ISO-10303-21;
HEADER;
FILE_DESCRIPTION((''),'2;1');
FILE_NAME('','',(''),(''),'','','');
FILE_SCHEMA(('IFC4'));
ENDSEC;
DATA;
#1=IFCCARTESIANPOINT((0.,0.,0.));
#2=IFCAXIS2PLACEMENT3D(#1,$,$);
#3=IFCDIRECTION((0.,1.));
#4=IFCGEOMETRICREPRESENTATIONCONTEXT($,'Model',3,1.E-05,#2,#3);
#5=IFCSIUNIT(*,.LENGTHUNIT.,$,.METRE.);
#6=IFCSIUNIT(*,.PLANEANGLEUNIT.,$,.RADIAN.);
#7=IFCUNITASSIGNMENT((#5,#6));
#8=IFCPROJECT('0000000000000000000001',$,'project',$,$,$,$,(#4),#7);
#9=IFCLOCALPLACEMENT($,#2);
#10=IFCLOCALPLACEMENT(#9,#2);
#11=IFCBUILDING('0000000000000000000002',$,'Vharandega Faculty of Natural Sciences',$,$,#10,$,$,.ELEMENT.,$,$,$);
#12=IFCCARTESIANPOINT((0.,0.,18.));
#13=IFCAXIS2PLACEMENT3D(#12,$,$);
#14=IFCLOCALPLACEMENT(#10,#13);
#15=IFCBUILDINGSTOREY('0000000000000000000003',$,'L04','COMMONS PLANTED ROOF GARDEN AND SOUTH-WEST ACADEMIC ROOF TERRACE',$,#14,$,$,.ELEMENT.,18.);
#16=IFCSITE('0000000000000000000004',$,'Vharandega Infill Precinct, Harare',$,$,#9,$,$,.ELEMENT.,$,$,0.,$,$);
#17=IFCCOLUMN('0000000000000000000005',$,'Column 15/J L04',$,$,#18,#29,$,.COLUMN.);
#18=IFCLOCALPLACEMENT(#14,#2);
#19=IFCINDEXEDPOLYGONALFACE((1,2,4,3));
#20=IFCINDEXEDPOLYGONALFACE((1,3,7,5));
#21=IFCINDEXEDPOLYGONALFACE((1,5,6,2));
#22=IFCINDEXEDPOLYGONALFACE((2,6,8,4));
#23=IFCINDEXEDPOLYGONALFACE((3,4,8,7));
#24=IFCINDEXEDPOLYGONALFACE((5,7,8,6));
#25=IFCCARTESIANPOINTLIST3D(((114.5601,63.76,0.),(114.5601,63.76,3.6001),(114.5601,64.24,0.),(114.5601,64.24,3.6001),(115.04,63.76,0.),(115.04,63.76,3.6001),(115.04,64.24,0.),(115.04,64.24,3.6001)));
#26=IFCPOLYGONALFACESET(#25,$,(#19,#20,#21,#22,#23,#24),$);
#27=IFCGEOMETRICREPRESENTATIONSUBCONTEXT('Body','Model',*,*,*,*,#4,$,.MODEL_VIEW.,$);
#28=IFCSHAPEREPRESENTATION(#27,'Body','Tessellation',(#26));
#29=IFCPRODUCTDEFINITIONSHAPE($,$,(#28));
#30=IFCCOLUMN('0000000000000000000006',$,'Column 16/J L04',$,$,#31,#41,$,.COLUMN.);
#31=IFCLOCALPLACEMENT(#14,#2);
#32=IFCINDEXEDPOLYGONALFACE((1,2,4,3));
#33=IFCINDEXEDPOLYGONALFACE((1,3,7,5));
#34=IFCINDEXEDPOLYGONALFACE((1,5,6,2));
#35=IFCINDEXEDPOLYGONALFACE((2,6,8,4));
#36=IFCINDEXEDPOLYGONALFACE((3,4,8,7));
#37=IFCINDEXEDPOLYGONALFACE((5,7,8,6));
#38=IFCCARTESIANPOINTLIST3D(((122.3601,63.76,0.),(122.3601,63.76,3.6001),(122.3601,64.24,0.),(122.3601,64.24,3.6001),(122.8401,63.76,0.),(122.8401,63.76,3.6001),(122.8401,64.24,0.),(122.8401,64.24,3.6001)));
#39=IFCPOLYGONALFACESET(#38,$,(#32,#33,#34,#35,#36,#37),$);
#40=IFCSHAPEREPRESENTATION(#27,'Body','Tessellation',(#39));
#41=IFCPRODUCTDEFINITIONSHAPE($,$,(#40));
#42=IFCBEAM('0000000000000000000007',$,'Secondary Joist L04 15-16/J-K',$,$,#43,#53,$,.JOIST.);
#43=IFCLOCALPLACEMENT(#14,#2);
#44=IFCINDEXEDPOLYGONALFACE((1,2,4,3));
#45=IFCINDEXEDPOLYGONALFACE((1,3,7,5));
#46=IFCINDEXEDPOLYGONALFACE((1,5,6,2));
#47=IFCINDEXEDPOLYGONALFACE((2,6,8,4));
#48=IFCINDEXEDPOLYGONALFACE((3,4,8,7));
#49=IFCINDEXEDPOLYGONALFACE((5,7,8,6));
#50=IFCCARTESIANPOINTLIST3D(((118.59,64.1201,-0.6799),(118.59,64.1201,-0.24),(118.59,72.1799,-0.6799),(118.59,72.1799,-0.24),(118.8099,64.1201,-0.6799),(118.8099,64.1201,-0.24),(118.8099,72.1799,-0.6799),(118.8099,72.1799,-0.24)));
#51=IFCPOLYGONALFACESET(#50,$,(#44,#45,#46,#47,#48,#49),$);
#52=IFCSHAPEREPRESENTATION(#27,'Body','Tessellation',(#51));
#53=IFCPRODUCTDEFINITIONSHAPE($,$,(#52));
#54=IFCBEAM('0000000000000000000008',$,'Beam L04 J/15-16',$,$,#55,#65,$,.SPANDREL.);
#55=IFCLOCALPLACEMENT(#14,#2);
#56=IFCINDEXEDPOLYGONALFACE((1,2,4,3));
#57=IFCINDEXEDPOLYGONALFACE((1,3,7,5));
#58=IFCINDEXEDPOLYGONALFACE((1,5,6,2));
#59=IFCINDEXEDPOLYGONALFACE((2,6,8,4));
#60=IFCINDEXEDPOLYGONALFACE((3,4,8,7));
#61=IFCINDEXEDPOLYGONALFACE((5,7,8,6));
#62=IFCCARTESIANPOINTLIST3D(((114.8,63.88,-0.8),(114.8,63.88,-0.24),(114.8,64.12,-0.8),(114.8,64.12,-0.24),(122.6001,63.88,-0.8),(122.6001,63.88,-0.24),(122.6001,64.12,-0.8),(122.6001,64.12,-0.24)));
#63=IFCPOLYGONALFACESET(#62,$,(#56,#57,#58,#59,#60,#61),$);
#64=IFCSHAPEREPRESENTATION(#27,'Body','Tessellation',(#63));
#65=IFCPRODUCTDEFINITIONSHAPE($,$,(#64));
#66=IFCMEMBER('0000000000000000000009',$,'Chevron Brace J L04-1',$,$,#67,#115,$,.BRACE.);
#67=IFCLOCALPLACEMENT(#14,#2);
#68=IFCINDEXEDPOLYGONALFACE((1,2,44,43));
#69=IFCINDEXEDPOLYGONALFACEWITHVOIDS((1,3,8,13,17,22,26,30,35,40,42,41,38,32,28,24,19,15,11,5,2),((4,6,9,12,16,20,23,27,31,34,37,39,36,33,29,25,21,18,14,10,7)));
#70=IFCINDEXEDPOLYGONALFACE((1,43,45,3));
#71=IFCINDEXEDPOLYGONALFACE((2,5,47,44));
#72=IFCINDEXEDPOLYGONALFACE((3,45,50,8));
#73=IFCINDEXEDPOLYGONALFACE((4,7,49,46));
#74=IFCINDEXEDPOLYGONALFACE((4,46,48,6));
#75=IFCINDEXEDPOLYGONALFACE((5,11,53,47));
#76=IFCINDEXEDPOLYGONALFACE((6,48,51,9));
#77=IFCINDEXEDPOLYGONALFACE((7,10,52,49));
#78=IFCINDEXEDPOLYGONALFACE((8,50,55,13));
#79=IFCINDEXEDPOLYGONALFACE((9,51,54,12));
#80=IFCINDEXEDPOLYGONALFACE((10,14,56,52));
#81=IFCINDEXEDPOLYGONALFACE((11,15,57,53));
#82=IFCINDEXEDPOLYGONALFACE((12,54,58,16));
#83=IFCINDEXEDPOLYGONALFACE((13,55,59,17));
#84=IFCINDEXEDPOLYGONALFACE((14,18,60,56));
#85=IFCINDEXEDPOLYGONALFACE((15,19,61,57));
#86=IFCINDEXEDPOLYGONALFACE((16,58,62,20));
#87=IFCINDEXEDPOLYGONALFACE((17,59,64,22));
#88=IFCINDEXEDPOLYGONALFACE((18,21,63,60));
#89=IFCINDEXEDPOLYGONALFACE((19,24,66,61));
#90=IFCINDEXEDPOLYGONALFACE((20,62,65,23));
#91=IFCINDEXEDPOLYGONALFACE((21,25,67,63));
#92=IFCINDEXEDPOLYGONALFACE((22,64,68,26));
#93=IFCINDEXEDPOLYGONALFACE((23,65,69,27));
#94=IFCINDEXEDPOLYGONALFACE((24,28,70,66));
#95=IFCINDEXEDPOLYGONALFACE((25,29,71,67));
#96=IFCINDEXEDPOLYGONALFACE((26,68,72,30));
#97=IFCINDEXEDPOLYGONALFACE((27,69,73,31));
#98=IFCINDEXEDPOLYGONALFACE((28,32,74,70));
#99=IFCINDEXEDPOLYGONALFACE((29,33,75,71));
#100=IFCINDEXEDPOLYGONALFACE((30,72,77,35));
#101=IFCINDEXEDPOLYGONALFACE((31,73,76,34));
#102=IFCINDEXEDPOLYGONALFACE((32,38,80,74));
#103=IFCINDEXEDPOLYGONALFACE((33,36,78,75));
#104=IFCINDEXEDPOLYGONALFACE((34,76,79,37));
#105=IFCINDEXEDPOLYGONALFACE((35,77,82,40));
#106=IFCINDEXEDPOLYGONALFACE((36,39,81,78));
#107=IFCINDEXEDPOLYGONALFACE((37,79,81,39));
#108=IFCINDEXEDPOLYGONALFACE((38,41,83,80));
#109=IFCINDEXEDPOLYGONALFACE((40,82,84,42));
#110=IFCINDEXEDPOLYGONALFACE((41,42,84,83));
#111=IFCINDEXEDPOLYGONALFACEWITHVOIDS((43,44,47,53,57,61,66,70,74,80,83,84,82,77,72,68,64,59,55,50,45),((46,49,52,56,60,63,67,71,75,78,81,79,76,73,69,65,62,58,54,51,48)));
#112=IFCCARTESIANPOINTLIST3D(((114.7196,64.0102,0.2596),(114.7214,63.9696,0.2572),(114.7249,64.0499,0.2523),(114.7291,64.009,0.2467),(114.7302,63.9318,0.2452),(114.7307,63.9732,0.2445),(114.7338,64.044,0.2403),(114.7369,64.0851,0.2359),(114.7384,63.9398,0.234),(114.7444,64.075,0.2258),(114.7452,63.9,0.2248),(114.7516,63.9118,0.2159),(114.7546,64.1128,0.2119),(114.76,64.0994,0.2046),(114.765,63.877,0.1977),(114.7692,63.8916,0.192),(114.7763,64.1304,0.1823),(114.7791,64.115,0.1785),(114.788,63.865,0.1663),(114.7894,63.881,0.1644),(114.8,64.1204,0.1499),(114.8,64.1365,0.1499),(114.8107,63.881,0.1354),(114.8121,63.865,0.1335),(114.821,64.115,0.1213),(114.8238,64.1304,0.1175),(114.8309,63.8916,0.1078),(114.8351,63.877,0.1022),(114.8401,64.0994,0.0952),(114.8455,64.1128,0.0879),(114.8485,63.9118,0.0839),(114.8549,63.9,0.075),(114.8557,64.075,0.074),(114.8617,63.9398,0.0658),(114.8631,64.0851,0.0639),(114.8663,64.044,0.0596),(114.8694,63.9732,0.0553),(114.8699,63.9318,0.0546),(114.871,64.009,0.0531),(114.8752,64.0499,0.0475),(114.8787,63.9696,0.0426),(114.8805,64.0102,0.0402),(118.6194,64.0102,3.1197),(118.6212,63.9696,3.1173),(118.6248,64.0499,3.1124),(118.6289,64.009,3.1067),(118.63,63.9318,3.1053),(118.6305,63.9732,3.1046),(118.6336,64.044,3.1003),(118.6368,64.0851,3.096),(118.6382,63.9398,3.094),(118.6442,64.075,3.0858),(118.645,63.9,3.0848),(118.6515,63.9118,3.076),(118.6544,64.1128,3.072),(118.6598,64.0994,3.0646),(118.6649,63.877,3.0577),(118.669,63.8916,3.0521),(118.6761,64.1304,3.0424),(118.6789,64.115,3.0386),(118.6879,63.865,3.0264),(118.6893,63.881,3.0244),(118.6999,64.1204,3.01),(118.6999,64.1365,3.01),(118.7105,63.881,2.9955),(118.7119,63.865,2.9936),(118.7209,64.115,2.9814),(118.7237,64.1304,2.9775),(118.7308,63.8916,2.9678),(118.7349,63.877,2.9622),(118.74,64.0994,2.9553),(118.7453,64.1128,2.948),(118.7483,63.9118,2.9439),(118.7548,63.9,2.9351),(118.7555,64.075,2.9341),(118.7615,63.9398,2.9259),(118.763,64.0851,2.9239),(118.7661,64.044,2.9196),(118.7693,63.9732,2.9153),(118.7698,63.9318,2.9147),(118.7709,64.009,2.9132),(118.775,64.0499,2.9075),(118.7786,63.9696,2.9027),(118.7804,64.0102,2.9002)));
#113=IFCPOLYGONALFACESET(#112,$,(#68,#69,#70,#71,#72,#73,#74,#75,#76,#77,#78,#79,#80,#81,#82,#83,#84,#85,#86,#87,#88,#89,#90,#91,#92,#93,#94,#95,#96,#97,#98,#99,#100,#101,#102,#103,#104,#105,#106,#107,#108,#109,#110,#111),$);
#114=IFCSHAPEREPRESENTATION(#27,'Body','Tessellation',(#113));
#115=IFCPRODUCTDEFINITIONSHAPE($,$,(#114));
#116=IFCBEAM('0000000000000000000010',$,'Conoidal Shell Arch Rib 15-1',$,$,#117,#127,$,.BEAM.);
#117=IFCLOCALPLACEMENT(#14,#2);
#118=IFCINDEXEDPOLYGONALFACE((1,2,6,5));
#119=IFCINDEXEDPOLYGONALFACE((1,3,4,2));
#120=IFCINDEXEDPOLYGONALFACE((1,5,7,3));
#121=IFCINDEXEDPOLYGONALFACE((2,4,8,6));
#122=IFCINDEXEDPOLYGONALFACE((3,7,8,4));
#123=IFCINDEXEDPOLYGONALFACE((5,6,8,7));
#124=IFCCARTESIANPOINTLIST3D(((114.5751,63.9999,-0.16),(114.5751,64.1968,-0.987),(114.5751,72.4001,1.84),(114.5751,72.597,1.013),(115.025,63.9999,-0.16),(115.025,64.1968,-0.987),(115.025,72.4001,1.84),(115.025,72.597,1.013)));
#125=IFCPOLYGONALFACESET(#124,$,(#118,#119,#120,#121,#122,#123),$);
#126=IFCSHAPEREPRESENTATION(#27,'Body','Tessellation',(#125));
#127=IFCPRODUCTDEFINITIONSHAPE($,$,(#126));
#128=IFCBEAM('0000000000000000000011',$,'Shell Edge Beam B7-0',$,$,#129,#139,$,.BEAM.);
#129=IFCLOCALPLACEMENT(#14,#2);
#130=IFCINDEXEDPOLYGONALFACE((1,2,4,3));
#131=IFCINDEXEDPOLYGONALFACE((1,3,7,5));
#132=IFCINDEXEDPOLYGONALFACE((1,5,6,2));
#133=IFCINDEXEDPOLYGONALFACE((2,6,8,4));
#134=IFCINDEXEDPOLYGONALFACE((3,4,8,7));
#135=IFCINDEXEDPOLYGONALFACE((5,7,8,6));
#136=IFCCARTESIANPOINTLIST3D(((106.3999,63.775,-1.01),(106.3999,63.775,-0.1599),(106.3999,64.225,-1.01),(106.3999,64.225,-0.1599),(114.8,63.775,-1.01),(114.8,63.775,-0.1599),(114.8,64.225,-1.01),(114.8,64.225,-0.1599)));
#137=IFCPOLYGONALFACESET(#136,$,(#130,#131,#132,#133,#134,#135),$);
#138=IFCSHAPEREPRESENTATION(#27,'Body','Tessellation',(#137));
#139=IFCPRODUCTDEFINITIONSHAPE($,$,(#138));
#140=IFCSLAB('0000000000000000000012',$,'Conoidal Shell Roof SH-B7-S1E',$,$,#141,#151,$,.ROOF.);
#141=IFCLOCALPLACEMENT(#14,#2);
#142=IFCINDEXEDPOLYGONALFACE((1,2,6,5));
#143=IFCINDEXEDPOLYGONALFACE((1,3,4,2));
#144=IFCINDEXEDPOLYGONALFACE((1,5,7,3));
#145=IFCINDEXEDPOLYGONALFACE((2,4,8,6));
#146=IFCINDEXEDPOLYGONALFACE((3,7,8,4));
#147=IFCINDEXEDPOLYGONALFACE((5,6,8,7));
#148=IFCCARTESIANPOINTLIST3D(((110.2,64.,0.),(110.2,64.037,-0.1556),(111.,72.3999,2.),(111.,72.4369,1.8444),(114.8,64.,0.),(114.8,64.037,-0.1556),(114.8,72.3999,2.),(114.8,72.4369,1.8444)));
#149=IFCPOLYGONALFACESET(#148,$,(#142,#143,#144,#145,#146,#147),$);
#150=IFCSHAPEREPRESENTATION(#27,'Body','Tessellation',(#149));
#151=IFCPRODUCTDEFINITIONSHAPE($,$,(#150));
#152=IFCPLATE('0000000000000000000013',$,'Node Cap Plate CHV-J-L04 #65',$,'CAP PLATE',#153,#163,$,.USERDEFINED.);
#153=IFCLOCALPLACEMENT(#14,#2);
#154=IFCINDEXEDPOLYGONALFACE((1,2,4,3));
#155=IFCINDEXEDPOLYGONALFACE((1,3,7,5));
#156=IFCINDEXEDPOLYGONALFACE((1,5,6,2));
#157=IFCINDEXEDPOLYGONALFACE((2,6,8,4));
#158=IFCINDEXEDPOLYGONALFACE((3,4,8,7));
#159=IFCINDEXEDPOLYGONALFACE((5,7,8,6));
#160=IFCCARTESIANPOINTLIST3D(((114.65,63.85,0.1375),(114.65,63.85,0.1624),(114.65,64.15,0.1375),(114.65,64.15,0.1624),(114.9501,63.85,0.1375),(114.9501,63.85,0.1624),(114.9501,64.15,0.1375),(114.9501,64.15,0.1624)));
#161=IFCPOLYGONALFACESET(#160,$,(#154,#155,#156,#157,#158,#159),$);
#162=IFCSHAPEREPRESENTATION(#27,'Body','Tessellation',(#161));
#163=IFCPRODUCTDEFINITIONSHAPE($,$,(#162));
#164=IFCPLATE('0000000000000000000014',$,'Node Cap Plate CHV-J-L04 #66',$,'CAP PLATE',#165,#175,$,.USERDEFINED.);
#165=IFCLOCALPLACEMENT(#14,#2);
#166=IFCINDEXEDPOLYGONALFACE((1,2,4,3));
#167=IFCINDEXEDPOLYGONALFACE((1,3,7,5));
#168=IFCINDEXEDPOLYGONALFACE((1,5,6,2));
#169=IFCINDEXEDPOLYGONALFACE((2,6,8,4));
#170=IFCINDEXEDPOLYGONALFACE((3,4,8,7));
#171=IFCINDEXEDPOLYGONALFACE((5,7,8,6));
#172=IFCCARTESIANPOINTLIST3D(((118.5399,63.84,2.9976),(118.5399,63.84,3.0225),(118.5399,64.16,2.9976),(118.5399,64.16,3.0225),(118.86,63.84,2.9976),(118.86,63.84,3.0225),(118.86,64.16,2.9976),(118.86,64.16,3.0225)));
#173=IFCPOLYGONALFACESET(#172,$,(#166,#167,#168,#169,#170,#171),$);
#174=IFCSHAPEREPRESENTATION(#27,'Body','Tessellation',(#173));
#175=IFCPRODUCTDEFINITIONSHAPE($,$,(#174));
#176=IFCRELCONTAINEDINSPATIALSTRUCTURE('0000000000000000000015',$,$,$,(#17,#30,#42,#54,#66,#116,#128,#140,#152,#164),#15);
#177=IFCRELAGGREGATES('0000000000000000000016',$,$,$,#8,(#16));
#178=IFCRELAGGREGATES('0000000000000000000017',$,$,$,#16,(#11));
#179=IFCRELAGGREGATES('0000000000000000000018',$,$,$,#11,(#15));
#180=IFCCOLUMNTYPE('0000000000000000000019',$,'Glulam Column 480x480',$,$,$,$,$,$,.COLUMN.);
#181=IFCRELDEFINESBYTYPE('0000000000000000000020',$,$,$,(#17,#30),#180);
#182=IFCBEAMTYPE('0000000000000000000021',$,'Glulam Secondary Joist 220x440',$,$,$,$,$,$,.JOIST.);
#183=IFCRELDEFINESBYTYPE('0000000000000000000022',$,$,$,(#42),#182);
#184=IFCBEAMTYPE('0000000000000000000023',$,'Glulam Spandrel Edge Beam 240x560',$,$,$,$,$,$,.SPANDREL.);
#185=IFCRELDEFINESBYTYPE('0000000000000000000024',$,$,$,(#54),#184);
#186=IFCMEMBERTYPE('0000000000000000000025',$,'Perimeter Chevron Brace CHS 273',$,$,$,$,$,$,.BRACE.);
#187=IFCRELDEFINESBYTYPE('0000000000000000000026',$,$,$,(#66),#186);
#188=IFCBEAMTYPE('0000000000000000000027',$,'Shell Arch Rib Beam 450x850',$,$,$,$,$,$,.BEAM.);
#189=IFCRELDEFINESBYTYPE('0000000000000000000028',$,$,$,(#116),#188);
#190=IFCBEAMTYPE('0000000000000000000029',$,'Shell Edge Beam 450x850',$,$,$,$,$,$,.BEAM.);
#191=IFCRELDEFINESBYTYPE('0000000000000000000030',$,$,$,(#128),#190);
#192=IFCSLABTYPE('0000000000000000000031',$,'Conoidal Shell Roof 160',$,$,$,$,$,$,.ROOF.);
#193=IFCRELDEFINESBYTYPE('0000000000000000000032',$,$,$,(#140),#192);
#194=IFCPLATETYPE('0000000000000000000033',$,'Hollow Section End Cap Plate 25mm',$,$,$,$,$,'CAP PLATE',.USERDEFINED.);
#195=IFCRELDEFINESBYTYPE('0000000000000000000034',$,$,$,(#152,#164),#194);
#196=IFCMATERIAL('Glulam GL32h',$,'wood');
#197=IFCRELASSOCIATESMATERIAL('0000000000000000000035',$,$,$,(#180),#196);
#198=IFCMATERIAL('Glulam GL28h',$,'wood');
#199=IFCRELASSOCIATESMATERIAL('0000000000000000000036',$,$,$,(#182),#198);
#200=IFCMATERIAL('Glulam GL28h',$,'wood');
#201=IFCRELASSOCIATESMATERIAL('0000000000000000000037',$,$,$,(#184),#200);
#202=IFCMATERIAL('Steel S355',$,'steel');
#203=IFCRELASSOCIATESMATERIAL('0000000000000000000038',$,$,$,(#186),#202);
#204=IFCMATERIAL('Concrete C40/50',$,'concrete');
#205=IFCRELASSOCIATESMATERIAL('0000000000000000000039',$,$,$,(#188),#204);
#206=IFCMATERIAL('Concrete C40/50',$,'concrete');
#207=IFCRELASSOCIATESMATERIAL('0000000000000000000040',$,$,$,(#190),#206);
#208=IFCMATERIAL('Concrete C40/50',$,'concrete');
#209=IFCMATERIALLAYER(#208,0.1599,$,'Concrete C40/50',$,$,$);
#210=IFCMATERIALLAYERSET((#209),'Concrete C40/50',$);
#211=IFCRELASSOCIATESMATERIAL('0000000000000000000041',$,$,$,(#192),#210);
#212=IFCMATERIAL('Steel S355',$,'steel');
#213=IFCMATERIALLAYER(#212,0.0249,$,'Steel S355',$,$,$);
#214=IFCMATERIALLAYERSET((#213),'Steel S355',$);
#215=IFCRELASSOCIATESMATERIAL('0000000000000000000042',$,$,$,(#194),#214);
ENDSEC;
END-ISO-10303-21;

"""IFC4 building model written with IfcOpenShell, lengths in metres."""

from ifc_helpers import new_model, si_unit, direction, frame, origin, origin_2d, place, context, subcontext, project, spatial, polyline, rectangle, hollow_circle, outline, extrude, material, layer, layer_set, material_profile, profile_set, type_object, element, save


model = new_model("IFC4")

# Units and contexts
model_context = context("Model", 3, precision=1e-05, world=origin(), true_north=direction((0.0, 1.0)))
body_context = subcontext(model_context, "Body", "Model", "MODEL_VIEW")
ifc_project = project(units=[si_unit("LENGTHUNIT", "METRE"), si_unit("PLANEANGLEUNIT", "RADIAN")], contexts=[model_context])

# Site, building, storey
site_placement = place(None, origin())
site = spatial("IfcSite", under=ifc_project, at=site_placement, Name="Vharandega Infill Precinct, Harare", CompositionType="ELEMENT", RefElevation=0.0)
building_placement = place(site_placement, origin())
building = spatial("IfcBuilding", under=site, at=building_placement, Name="Vharandega Faculty of Natural Sciences", CompositionType="ELEMENT")
storey_placement = place(building_placement, frame((0.0, 0.0, 18.0)))
storey = spatial("IfcBuildingStorey", under=building, at=storey_placement, Name="L04", Description="COMMONS PLANTED ROOF GARDEN AND SOUTH-WEST ACADEMIC ROOF TERRACE", CompositionType="ELEMENT", Elevation=18.0)

# Columns
ifc_material_1 = material(Name="Glulam GL32h", Category="wood")
ifc_material_profile_1 = material_profile(ifc_material_1, rectangle(XDim=0.48, YDim=0.48, at=origin_2d()), Name="GL32h 480x480")
ifc_profile_set_1 = profile_set([ifc_material_profile_1], Name="Glulam GL32h")
column_type = type_object("IfcColumnType", Name="Glulam Column 480x480", PredefinedType="COLUMN", material=ifc_profile_set_1)
for number, where, z_axis, x_axis, name in (
    (1, (114.8, 64.0, 0.0), (0.0, 0.0, 1.0), (1.0, 0.0, 0.0), "Column 15/J L04"),
    (2, (122.6001, 64.0, 0.0), (0.0, 0.0, 1.0), (1.0, 0.0, 0.0), "Column 16/J L04"),
):
    element("IfcColumn", number, at=place(storey_placement, frame(where, z_axis=z_axis, x_axis=x_axis)), inside=storey, type_object=column_type, Name=name, PredefinedType="COLUMN", context=body_context, shape_type="SweptSolid", body=[
        extrude(rectangle(XDim=0.48, YDim=0.48, at=origin_2d()), origin(), (0.0, 0.0, 1.0), 3.6001),
    ])

# Beams
ifc_material_2 = material(Name="Glulam GL28h", Category="wood")
ifc_material_profile_2 = material_profile(ifc_material_2, rectangle(XDim=0.22, YDim=0.4399, at=origin_2d()), Name="GL28h 220x440")
ifc_profile_set_2 = profile_set([ifc_material_profile_2], Name="Glulam GL28h")
beam_type_1 = type_object("IfcBeamType", Name="Glulam Secondary Joist 220x440", PredefinedType="JOIST", material=ifc_profile_set_2)
beam_1_placement = place(storey_placement, frame((118.7, 64.1201, -0.46), z_axis=(0.0, 1.0, 0.0), x_axis=(-1.0, 0.0, 0.0)))
element("IfcBeam", 3, at=beam_1_placement, inside=storey, type_object=beam_type_1, Name="Secondary Joist L04 15-16/J-K", PredefinedType="JOIST", context=body_context, shape_type="SweptSolid", body=[
    extrude(rectangle(XDim=0.22, YDim=0.4399, at=origin_2d()), origin(), (0.0, 0.0, 1.0), 8.0598),
])
ifc_material_3 = material(Name="Glulam GL28h", Category="wood")
ifc_material_profile_3 = material_profile(ifc_material_3, rectangle(XDim=0.24, YDim=0.5601, at=origin_2d()), Name="GL28h 240x560")
ifc_profile_set_3 = profile_set([ifc_material_profile_3], Name="Glulam GL28h")
beam_type_2 = type_object("IfcBeamType", Name="Glulam Spandrel Edge Beam 240x560", PredefinedType="SPANDREL", material=ifc_profile_set_3)
beam_2_placement = place(storey_placement, frame((114.8, 64.0, -0.52), z_axis=(1.0, 0.0, 0.0), x_axis=(0.0, 1.0, 0.0)))
element("IfcBeam", 4, at=beam_2_placement, inside=storey, type_object=beam_type_2, Name="Beam L04 J/15-16", PredefinedType="SPANDREL", context=body_context, shape_type="SweptSolid", body=[
    extrude(rectangle(XDim=0.24, YDim=0.5601, at=origin_2d()), origin(), (0.0, 0.0, 1.0), 7.8),
])

# Member
ifc_material_4 = material(Name="Steel S355", Category="steel")
ifc_material_profile_4 = material_profile(ifc_material_4, hollow_circle(Radius=0.1365, WallThickness=0.0161, at=origin_2d()), Name="CHS 273x16")
ifc_profile_set_4 = profile_set([ifc_material_profile_4], Name="Steel S355")
member_type = type_object("IfcMemberType", Name="Perimeter Chevron Brace CHS 273", PredefinedType="BRACE", material=ifc_profile_set_4)
member_placement = place(storey_placement, frame((114.8, 64.0, 0.1499), z_axis=(0.806387, 0.0, 0.591388), x_axis=(0.0, 1.0, 0.0)))
element("IfcMember", 5, at=member_placement, inside=storey, type_object=member_type, Name="Chevron Brace J L04-1", PredefinedType="BRACE", context=body_context, shape_type="SweptSolid", body=[
    extrude(hollow_circle(Radius=0.1365, WallThickness=0.0161, at=origin_2d()), origin(), (0.0, 0.0, 1.0), 4.8362),
])

# Beams
ifc_material_5 = material(Name="Concrete C40/50", Category="concrete")
ifc_material_profile_5 = material_profile(ifc_material_5, rectangle(XDim=0.45, YDim=0.8501, at=origin_2d()), Name="RC 450x850")
ifc_profile_set_5 = profile_set([ifc_material_profile_5], Name="Concrete C40/50")
beam_type_3 = type_object("IfcBeamType", Name="Shell Arch Rib Beam 450x850", PredefinedType="BEAM", material=ifc_profile_set_5)
beam_3_placement = place(storey_placement, frame((114.8, 64.0984, -0.5735), z_axis=(0.0, 0.972807, 0.231617), x_axis=(-1.0, 0.0, 0.0)))
element("IfcBeam", 6, at=beam_3_placement, inside=storey, type_object=beam_type_3, Name="Conoidal Shell Arch Rib 15-1", PredefinedType="BEAM", context=body_context, shape_type="SweptSolid", body=[
    extrude(rectangle(XDim=0.45, YDim=0.8501, at=origin_2d()), origin(), (0.0, 0.0, 1.0), 8.635),
])
ifc_material_6 = material(Name="Concrete C40/50", Category="concrete")
ifc_material_profile_6 = material_profile(ifc_material_6, rectangle(XDim=0.45, YDim=0.8501, at=origin_2d()), Name="RC 450x850")
ifc_profile_set_6 = profile_set([ifc_material_profile_6], Name="Concrete C40/50")
beam_type_4 = type_object("IfcBeamType", Name="Shell Edge Beam 450x850", PredefinedType="BEAM", material=ifc_profile_set_6)
beam_4_placement = place(storey_placement, frame((106.3999, 64.0, -0.585), z_axis=(1.0, 0.0, 0.0), x_axis=(0.0, 1.0, 0.0)))
element("IfcBeam", 7, at=beam_4_placement, inside=storey, type_object=beam_type_4, Name="Shell Edge Beam B7-0", PredefinedType="BEAM", context=body_context, shape_type="SweptSolid", body=[
    extrude(rectangle(XDim=0.45, YDim=0.8501, at=origin_2d()), origin(), (0.0, 0.0, 1.0), 8.4001),
])

# Slab
ifc_material_7 = material(Name="Concrete C40/50", Category="concrete")
ifc_layer_1 = layer(ifc_material_7, 0.1599, Name="Concrete C40/50")
ifc_layer_set_1 = layer_set([ifc_layer_1], Name="Concrete C40/50")
slab_type = type_object("IfcSlabType", Name="Conoidal Shell Roof 160", PredefinedType="ROOF", material=ifc_layer_set_1)
slab_placement = place(storey_placement, frame((110.2, 64.0, 0.0), z_axis=(0.0, -0.231623, 0.972806), x_axis=(1.0, 0.0, 0.0)))
element("IfcSlab", 8, at=slab_placement, inside=storey, type_object=slab_type, Name="Conoidal Shell Roof SH-B7-S1E", PredefinedType="ROOF", context=body_context, shape_type="SweptSolid", body=[
    extrude(outline(polyline([(0.0, 0.0), (4.6001, 0.0), (4.6001, 8.6347), (0.8, 8.6347), (0.0, 0.0)])), origin(), (0.0, 0.0, -1.0), 0.1599),
])

# Plates
ifc_material_8 = material(Name="Steel S355", Category="steel")
ifc_layer_2 = layer(ifc_material_8, 0.0249, Name="Steel S355")
ifc_layer_set_2 = layer_set([ifc_layer_2], Name="Steel S355")
plate_type = type_object("IfcPlateType", Name="Hollow Section End Cap Plate 25mm", ElementType="CAP PLATE", PredefinedType="USERDEFINED", material=ifc_layer_set_2)
plate_1_placement = place(storey_placement, frame((114.8, 64.0, 0.1375), z_axis=(0.0, 0.0, 1.0), x_axis=(1.0, 0.0, 0.0)))
element("IfcPlate", 9, at=plate_1_placement, inside=storey, type_object=plate_type, Name="Node Cap Plate CHV-J-L04 #65", ObjectType="CAP PLATE", PredefinedType="USERDEFINED", context=body_context, shape_type="SweptSolid", body=[
    extrude(rectangle(XDim=0.3, YDim=0.3, at=origin_2d()), origin(), (0.0, 0.0, 1.0), 0.0249),
])
plate_2_placement = place(storey_placement, frame((118.7, 64.0, 2.9976), z_axis=(0.0, 0.0, 1.0), x_axis=(1.0, 0.0, 0.0)))
element("IfcPlate", 10, at=plate_2_placement, inside=storey, type_object=plate_type, Name="Node Cap Plate CHV-J-L04 #66", ObjectType="CAP PLATE", PredefinedType="USERDEFINED", context=body_context, shape_type="SweptSolid", body=[
    extrude(rectangle(XDim=0.3201, YDim=0.3201, at=origin_2d()), origin(), (0.0, 0.0, 1.0), 0.0249),
])

save(model, "model.ifc")
